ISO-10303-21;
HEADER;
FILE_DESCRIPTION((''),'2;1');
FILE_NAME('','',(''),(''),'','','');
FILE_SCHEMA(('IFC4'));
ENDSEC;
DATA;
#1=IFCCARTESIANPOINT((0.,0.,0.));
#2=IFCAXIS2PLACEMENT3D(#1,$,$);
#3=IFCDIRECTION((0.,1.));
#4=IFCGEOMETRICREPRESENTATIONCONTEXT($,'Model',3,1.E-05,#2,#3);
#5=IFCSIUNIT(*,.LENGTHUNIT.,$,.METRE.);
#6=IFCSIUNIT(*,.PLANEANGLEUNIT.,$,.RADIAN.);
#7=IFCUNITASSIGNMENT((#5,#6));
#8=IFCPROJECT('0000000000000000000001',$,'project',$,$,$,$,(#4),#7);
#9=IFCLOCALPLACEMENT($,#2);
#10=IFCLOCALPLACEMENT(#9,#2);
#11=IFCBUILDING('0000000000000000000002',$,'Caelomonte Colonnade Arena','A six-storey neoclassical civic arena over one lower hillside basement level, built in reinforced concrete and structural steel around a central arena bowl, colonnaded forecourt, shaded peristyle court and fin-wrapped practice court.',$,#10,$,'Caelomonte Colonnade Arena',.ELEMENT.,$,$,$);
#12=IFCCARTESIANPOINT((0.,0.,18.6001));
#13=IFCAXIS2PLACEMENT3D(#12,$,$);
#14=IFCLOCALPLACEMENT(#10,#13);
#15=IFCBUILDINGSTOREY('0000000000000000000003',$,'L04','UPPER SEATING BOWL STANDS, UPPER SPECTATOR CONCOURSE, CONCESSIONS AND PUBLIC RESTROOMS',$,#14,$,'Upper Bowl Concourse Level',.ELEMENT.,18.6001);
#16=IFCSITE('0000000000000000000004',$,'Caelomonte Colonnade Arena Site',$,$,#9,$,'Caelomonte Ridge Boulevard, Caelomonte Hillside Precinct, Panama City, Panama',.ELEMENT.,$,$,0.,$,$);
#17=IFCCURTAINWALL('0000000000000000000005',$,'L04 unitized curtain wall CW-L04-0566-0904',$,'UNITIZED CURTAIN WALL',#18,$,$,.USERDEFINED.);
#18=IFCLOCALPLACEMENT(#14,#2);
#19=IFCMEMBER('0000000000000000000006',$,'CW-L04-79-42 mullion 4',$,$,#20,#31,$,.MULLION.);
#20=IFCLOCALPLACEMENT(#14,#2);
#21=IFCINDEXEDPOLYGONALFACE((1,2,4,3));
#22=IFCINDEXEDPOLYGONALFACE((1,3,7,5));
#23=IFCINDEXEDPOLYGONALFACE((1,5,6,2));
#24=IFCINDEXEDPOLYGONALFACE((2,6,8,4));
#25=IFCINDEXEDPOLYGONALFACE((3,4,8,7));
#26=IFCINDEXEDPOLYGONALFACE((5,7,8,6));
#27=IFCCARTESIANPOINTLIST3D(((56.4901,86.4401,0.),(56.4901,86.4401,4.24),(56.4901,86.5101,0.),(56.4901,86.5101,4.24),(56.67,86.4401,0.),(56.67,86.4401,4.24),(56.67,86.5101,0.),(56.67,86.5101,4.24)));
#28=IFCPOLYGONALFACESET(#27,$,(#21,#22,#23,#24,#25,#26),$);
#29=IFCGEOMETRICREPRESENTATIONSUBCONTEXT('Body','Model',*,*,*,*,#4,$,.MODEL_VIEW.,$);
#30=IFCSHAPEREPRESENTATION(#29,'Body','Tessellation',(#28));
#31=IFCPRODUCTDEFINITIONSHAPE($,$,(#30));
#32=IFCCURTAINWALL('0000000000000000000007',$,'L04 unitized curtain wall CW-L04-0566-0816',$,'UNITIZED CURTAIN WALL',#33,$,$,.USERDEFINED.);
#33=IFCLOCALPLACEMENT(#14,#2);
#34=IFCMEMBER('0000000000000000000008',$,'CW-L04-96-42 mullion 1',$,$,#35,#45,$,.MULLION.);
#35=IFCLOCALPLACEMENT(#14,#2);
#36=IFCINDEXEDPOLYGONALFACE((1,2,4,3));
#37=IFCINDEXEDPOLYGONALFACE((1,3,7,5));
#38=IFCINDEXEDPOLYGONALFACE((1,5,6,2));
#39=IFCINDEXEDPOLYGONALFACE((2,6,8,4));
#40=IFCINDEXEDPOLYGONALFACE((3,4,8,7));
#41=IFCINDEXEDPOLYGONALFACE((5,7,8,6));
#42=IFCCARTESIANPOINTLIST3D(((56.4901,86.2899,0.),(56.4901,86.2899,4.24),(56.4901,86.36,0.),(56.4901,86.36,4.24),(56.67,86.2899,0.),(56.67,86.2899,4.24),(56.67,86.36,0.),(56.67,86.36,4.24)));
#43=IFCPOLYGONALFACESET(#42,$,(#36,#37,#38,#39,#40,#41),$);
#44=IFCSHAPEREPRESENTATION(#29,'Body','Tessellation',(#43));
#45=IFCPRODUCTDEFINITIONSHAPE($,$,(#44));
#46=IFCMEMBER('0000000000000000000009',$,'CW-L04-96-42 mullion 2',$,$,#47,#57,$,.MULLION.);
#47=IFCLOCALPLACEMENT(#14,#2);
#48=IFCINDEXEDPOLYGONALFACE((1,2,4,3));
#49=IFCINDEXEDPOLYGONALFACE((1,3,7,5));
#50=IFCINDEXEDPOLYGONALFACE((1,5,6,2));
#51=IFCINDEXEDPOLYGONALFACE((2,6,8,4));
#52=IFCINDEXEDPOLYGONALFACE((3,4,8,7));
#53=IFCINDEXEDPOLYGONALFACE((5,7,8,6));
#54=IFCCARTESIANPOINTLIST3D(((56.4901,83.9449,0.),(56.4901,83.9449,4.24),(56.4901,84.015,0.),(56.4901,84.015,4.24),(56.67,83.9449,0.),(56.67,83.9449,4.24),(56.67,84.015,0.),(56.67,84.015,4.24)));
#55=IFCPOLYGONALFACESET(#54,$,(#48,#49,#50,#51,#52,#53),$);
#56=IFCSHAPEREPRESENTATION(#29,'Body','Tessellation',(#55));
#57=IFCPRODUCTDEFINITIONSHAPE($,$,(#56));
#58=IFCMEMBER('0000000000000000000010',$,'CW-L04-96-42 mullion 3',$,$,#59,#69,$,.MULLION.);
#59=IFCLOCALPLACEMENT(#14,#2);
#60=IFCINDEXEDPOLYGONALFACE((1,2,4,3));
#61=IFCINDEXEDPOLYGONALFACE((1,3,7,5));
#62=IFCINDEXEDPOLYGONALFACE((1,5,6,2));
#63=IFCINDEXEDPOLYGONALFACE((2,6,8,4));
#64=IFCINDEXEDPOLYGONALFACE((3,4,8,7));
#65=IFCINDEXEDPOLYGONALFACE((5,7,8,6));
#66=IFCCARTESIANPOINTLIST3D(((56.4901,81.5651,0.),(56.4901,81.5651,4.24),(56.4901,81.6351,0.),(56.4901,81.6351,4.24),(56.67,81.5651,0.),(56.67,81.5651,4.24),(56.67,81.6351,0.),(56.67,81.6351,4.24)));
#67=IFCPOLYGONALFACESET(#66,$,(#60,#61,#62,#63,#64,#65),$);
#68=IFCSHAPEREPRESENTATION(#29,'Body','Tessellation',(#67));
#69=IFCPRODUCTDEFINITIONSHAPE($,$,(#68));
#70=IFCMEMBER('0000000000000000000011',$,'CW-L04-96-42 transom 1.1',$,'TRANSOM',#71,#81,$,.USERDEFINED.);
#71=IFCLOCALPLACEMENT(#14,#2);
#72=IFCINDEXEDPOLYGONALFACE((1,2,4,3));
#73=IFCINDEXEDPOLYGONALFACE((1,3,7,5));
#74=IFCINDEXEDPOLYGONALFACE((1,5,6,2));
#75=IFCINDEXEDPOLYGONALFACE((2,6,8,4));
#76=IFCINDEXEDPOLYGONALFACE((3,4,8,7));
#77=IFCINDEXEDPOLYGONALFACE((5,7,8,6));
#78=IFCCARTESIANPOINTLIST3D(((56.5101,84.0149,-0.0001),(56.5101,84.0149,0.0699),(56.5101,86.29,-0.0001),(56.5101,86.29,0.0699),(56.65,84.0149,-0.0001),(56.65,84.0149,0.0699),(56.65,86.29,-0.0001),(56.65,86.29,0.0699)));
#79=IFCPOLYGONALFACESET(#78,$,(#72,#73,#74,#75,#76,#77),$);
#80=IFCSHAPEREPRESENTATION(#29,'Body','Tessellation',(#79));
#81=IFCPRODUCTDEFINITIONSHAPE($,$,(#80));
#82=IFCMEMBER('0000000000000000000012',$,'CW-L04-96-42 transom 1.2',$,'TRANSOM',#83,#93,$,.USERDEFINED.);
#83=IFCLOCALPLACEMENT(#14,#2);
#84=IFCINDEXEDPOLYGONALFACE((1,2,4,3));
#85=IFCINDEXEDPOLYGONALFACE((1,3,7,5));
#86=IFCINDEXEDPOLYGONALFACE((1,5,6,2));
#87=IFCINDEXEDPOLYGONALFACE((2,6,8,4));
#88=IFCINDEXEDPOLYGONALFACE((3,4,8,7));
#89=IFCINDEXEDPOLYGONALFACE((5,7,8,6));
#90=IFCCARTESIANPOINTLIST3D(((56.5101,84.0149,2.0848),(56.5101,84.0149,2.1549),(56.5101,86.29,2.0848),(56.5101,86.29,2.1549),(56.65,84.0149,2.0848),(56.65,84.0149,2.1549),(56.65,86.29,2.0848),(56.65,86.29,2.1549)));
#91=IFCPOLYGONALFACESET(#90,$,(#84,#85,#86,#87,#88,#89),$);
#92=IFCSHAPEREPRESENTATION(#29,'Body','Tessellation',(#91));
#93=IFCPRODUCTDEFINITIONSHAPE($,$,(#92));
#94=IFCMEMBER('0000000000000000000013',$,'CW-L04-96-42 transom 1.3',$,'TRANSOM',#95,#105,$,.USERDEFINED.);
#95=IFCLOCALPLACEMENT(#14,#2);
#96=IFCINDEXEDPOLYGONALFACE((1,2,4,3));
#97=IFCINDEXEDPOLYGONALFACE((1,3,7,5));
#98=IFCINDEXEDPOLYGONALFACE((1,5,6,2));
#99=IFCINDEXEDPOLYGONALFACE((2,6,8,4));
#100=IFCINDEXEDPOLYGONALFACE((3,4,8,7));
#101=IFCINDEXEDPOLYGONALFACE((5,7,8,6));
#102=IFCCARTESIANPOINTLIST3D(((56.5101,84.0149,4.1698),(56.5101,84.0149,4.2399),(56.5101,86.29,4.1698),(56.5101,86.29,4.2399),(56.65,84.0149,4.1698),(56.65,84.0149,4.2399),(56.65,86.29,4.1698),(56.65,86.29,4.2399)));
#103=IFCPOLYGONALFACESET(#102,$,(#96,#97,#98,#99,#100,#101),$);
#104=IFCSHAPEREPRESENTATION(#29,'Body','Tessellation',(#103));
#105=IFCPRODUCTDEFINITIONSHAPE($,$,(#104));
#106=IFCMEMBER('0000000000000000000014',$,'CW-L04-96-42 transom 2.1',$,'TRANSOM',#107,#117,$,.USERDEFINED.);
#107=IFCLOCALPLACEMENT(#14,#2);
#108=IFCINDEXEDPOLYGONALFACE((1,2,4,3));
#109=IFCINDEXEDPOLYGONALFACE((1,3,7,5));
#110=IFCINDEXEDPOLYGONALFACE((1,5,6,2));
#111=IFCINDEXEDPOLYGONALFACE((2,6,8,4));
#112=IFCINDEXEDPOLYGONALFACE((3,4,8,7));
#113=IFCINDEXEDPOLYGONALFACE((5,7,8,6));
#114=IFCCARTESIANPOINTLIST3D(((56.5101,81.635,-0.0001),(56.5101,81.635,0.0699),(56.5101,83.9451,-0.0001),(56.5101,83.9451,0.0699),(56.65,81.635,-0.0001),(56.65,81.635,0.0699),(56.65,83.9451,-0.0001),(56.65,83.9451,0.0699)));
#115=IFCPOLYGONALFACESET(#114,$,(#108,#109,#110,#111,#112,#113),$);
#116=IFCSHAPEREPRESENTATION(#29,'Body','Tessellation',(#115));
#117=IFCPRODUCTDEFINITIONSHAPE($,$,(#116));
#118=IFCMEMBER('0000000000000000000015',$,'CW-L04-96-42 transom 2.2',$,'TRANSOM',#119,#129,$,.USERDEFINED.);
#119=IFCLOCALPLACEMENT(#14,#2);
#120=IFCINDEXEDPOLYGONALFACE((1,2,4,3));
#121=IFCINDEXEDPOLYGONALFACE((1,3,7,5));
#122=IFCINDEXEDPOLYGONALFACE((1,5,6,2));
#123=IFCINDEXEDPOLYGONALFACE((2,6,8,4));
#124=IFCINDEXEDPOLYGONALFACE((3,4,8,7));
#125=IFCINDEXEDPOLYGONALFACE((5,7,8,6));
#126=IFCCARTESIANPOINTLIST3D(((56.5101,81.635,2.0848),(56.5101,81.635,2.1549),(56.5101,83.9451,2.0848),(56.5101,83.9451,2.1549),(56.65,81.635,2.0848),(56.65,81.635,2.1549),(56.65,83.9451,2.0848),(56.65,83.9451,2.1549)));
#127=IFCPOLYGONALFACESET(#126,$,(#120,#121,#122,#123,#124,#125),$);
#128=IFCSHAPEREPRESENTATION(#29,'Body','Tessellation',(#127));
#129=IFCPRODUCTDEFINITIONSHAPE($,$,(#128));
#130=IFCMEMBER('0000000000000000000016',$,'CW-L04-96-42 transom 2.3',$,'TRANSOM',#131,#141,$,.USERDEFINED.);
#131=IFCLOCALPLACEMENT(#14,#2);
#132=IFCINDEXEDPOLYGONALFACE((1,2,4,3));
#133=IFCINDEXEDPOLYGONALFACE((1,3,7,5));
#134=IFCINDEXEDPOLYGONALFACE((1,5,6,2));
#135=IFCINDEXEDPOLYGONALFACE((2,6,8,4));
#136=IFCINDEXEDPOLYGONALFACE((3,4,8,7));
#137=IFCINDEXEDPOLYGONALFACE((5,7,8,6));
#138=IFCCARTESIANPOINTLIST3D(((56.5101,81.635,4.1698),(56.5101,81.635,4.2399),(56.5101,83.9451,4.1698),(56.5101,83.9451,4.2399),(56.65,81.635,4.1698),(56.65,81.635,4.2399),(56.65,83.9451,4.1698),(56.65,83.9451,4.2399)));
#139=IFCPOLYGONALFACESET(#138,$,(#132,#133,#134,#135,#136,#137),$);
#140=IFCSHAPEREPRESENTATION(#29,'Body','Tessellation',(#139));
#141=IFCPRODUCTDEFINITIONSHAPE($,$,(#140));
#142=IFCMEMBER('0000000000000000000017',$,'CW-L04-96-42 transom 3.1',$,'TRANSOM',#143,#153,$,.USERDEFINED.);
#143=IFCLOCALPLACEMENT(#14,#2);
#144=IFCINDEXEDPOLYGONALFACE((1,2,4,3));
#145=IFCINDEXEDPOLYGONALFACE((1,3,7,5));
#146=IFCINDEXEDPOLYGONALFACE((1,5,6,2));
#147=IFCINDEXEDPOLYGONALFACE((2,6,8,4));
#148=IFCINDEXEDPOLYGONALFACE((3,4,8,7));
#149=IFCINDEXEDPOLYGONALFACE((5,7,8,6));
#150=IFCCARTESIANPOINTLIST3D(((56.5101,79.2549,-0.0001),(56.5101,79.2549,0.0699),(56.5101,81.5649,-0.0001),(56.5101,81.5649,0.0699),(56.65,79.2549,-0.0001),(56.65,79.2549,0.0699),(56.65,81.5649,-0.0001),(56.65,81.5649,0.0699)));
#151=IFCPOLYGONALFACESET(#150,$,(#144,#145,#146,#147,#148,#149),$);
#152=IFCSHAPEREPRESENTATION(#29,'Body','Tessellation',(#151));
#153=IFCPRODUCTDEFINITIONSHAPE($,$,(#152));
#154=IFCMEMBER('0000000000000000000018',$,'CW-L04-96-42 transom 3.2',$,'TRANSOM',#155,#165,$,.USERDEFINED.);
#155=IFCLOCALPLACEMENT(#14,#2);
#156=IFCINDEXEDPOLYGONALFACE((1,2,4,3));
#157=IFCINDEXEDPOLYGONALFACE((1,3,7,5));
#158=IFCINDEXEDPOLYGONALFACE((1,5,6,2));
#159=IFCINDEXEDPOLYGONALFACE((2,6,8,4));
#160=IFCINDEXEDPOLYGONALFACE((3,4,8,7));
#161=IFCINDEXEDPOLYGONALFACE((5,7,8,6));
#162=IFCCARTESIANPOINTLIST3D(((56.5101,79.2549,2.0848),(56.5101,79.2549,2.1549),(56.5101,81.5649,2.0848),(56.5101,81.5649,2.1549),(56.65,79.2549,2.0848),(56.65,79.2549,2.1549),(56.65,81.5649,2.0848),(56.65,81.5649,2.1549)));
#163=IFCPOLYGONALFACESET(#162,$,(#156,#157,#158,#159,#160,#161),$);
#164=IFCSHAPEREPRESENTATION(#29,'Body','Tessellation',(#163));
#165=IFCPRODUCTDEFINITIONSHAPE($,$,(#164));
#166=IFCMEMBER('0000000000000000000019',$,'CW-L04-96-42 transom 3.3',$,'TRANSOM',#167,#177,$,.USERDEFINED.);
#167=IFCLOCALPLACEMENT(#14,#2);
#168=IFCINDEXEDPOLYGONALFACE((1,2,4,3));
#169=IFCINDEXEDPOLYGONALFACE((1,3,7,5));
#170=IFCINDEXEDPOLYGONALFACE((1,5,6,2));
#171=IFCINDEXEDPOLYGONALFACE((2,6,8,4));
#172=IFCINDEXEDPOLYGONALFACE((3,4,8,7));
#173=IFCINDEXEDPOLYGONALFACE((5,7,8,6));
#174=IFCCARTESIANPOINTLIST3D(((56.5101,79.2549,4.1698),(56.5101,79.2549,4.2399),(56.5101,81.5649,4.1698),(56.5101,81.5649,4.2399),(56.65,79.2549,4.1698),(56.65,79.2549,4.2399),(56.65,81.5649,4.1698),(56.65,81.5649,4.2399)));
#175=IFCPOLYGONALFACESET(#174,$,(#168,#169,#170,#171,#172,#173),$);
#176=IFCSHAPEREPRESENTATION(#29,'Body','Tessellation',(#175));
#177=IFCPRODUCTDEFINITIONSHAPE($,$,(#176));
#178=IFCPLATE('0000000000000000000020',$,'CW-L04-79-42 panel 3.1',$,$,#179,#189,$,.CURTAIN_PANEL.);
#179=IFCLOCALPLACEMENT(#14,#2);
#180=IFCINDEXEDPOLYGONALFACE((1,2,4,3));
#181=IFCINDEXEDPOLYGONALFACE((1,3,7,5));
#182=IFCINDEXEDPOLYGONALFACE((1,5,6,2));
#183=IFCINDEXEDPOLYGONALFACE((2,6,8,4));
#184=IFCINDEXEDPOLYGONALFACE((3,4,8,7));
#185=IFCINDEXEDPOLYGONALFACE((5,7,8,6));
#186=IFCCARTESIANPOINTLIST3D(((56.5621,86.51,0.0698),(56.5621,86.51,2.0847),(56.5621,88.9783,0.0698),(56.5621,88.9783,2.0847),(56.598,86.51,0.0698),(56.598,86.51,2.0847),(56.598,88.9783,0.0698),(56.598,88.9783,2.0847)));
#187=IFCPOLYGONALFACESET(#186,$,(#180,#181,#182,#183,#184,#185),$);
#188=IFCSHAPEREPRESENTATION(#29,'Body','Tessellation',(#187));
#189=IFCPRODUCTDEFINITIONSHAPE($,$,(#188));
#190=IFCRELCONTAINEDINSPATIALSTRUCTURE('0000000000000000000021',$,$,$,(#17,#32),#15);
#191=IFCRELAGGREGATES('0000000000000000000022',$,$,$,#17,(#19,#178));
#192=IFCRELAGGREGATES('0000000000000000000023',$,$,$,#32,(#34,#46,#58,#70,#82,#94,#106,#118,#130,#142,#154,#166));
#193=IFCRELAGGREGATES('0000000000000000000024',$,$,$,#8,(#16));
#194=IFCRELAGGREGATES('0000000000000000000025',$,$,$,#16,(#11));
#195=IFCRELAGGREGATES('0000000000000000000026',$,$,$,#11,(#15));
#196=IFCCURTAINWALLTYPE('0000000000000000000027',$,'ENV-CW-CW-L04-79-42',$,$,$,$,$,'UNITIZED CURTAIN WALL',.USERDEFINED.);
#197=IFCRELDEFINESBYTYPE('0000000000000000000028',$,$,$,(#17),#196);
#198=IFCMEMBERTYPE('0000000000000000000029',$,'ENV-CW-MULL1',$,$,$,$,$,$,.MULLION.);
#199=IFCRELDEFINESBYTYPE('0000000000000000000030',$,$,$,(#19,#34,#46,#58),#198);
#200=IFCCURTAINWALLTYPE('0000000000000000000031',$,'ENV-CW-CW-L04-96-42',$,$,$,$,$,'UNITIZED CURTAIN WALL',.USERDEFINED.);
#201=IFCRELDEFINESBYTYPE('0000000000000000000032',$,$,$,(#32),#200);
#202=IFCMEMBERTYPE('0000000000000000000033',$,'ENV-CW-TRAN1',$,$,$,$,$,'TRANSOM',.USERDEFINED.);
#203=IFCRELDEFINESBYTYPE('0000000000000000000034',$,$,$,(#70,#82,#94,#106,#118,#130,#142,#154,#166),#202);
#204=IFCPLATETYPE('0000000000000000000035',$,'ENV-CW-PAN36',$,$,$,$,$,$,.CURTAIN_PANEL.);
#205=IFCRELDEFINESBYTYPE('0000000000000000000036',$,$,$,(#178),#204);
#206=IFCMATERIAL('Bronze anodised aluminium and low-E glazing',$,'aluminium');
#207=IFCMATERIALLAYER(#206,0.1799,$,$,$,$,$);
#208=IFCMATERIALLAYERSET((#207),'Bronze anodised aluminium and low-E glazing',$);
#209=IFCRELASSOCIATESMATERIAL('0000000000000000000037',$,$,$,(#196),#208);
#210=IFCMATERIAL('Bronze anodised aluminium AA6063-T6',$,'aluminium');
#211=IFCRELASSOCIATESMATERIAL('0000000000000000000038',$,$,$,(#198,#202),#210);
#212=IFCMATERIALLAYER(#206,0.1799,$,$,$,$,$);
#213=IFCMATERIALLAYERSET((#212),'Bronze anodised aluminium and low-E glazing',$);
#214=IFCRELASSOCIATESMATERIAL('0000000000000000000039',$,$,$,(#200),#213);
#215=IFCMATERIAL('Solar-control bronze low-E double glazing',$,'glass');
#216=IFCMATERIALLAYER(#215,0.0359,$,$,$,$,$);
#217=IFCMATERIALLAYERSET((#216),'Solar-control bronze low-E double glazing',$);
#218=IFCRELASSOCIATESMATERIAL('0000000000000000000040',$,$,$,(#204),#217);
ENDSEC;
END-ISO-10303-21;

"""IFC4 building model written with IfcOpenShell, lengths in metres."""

from ifc_helpers import new_model, si_unit, direction, frame, origin, origin_2d, place, context, subcontext, project, spatial, rectangle, extrude, material, layer, layer_set, material_profile, profile_set, type_object, element, aggregate, save


model = new_model("IFC4")

# Units and contexts
model_context = context("Model", 3, precision=1e-05, world=origin(), true_north=direction((0.0, 1.0)))
body_context = subcontext(model_context, "Body", "Model", "MODEL_VIEW")
ifc_project = project(units=[si_unit("LENGTHUNIT", "METRE"), si_unit("PLANEANGLEUNIT", "RADIAN")], contexts=[model_context])

# Site, building, storey
site_placement = place(None, origin())
site = spatial("IfcSite", under=ifc_project, at=site_placement, Name="Caelomonte Colonnade Arena Site", LongName="Caelomonte Ridge Boulevard, Caelomonte Hillside Precinct, Panama City, Panama", CompositionType="ELEMENT", RefElevation=0.0)
building_placement = place(site_placement, origin())
building = spatial("IfcBuilding", under=site, at=building_placement, Name="Caelomonte Colonnade Arena", Description="A six-storey neoclassical civic arena over one lower hillside basement level, built in reinforced concrete and structural steel around a central arena bowl, colonnaded forecourt, shaded peristyle court and fin-wrapped practice court.", LongName="Caelomonte Colonnade Arena", CompositionType="ELEMENT")
storey_placement = place(building_placement, frame((0.0, 0.0, 18.6001)))
storey = spatial("IfcBuildingStorey", under=building, at=storey_placement, Name="L04", Description="UPPER SEATING BOWL STANDS, UPPER SPECTATOR CONCOURSE, CONCESSIONS AND PUBLIC RESTROOMS", LongName="Upper Bowl Concourse Level", CompositionType="ELEMENT", Elevation=18.6001)

# Curtain wall, member
ifc_material_1 = material(Name="Bronze anodised aluminium and low-E glazing", Category="aluminium")
ifc_layer_1 = layer(ifc_material_1, 0.1799)
ifc_layer_set_1 = layer_set([ifc_layer_1], Name="Bronze anodised aluminium and low-E glazing")
curtain_wall_type_1 = type_object("IfcCurtainWallType", Name="ENV-CW-CW-L04-79-42", ElementType="UNITIZED CURTAIN WALL", PredefinedType="USERDEFINED", material=ifc_layer_set_1)
curtain_wall_1_placement = place(storey_placement, origin())
curtain_wall_1 = element("IfcCurtainWall", 1, at=curtain_wall_1_placement, inside=storey, type_object=curtain_wall_type_1, Name="L04 unitized curtain wall CW-L04-0566-0904", ObjectType="UNITIZED CURTAIN WALL", PredefinedType="USERDEFINED")
ifc_material_2 = material(Name="Bronze anodised aluminium AA6063-T6", Category="aluminium")
ifc_material_profile_1 = material_profile(ifc_material_2, rectangle(XDim=0.0701, YDim=0.1799, at=origin_2d()), Name="CWM-70X180")
ifc_profile_set_1 = profile_set([ifc_material_profile_1], Name="Bronze anodised aluminium AA6063-T6")
member_type_1 = type_object("IfcMemberType", Name="ENV-CW-MULL1", PredefinedType="MULLION", material=ifc_profile_set_1)
member_1_placement = place(storey_placement, frame((56.5801, 86.4751, 0.0), z_axis=(0.0, 0.0, 1.0), x_axis=(0.0, -1.0, 0.0)))
member_1 = element("IfcMember", 2, at=member_1_placement, type_object=member_type_1, Name="CW-L04-79-42 mullion 4", PredefinedType="MULLION", context=body_context, shape_type="SweptSolid", body=[
    extrude(rectangle(XDim=0.0701, YDim=0.1799, at=origin_2d()), origin(), (0.0, 0.0, 1.0), 4.24),
])

# Curtain wall, members
ifc_layer_2 = layer(ifc_material_1, 0.1799)
ifc_layer_set_2 = layer_set([ifc_layer_2], Name="Bronze anodised aluminium and low-E glazing")
curtain_wall_type_2 = type_object("IfcCurtainWallType", Name="ENV-CW-CW-L04-96-42", ElementType="UNITIZED CURTAIN WALL", PredefinedType="USERDEFINED", material=ifc_layer_set_2)
curtain_wall_2_placement = place(storey_placement, origin())
curtain_wall_2 = element("IfcCurtainWall", 3, at=curtain_wall_2_placement, inside=storey, type_object=curtain_wall_type_2, Name="L04 unitized curtain wall CW-L04-0566-0816", ObjectType="UNITIZED CURTAIN WALL", PredefinedType="USERDEFINED")
member_2_placement = place(storey_placement, frame((56.5801, 86.325, 0.0), z_axis=(0.0, 0.0, 1.0), x_axis=(0.0, -1.0, 0.0)))
member_2 = element("IfcMember", 4, at=member_2_placement, type_object=member_type_1, Name="CW-L04-96-42 mullion 1", PredefinedType="MULLION", context=body_context, shape_type="SweptSolid", body=[
    extrude(rectangle(XDim=0.0701, YDim=0.1799, at=origin_2d()), origin(), (0.0, 0.0, 1.0), 4.24),
])
member_3_placement = place(storey_placement, frame((56.5801, 83.98, 0.0), z_axis=(0.0, 0.0, 1.0), x_axis=(0.0, -1.0, 0.0)))
member_3 = element("IfcMember", 5, at=member_3_placement, type_object=member_type_1, Name="CW-L04-96-42 mullion 2", PredefinedType="MULLION", context=body_context, shape_type="SweptSolid", body=[
    extrude(rectangle(XDim=0.0701, YDim=0.1799, at=origin_2d()), origin(), (0.0, 0.0, 1.0), 4.24),
])
member_4_placement = place(storey_placement, frame((56.5801, 81.6001, 0.0), z_axis=(0.0, 0.0, 1.0), x_axis=(0.0, -1.0, 0.0)))
member_4 = element("IfcMember", 6, at=member_4_placement, type_object=member_type_1, Name="CW-L04-96-42 mullion 3", PredefinedType="MULLION", context=body_context, shape_type="SweptSolid", body=[
    extrude(rectangle(XDim=0.0701, YDim=0.1799, at=origin_2d()), origin(), (0.0, 0.0, 1.0), 4.24),
])
ifc_material_profile_2 = material_profile(ifc_material_2, rectangle(XDim=0.0701, YDim=0.1399, at=origin_2d()), Name="CWT-70X140")
ifc_profile_set_2 = profile_set([ifc_material_profile_2], Name="Bronze anodised aluminium AA6063-T6")
member_type_2 = type_object("IfcMemberType", Name="ENV-CW-TRAN1", ElementType="TRANSOM", PredefinedType="USERDEFINED", material=ifc_profile_set_2)
member_5_placement = place(storey_placement, frame((56.5801, 86.29, 0.0349), z_axis=(0.0, -1.0, 0.0), x_axis=(0.0, 0.0, 1.0)))
member_5 = element("IfcMember", 7, at=member_5_placement, type_object=member_type_2, Name="CW-L04-96-42 transom 1.1", ObjectType="TRANSOM", PredefinedType="USERDEFINED", context=body_context, shape_type="SweptSolid", body=[
    extrude(rectangle(XDim=0.0701, YDim=0.1399, at=origin_2d()), origin(), (0.0, 0.0, 1.0), 2.2751),
])
member_6_placement = place(storey_placement, frame((56.5801, 86.29, 2.1199), z_axis=(0.0, -1.0, 0.0), x_axis=(0.0, 0.0, 1.0)))
member_6 = element("IfcMember", 8, at=member_6_placement, type_object=member_type_2, Name="CW-L04-96-42 transom 1.2", ObjectType="TRANSOM", PredefinedType="USERDEFINED", context=body_context, shape_type="SweptSolid", body=[
    extrude(rectangle(XDim=0.0701, YDim=0.1399, at=origin_2d()), origin(), (0.0, 0.0, 1.0), 2.2751),
])
member_7_placement = place(storey_placement, frame((56.5801, 86.29, 4.2048), z_axis=(0.0, -1.0, 0.0), x_axis=(0.0, 0.0, 1.0)))
member_7 = element("IfcMember", 9, at=member_7_placement, type_object=member_type_2, Name="CW-L04-96-42 transom 1.3", ObjectType="TRANSOM", PredefinedType="USERDEFINED", context=body_context, shape_type="SweptSolid", body=[
    extrude(rectangle(XDim=0.0701, YDim=0.1399, at=origin_2d()), origin(), (0.0, 0.0, 1.0), 2.2751),
])
member_8_placement = place(storey_placement, frame((56.5801, 83.9451, 0.0349), z_axis=(0.0, -1.0, 0.0), x_axis=(0.0, 0.0, 1.0)))
member_8 = element("IfcMember", 10, at=member_8_placement, type_object=member_type_2, Name="CW-L04-96-42 transom 2.1", ObjectType="TRANSOM", PredefinedType="USERDEFINED", context=body_context, shape_type="SweptSolid", body=[
    extrude(rectangle(XDim=0.0701, YDim=0.1399, at=origin_2d()), origin(), (0.0, 0.0, 1.0), 2.3101),
])
member_9_placement = place(storey_placement, frame((56.5801, 83.9451, 2.1199), z_axis=(0.0, -1.0, 0.0), x_axis=(0.0, 0.0, 1.0)))
member_9 = element("IfcMember", 11, at=member_9_placement, type_object=member_type_2, Name="CW-L04-96-42 transom 2.2", ObjectType="TRANSOM", PredefinedType="USERDEFINED", context=body_context, shape_type="SweptSolid", body=[
    extrude(rectangle(XDim=0.0701, YDim=0.1399, at=origin_2d()), origin(), (0.0, 0.0, 1.0), 2.3101),
])
member_10_placement = place(storey_placement, frame((56.5801, 83.9451, 4.2048), z_axis=(0.0, -1.0, 0.0), x_axis=(0.0, 0.0, 1.0)))
member_10 = element("IfcMember", 12, at=member_10_placement, type_object=member_type_2, Name="CW-L04-96-42 transom 2.3", ObjectType="TRANSOM", PredefinedType="USERDEFINED", context=body_context, shape_type="SweptSolid", body=[
    extrude(rectangle(XDim=0.0701, YDim=0.1399, at=origin_2d()), origin(), (0.0, 0.0, 1.0), 2.3101),
])
member_11_placement = place(storey_placement, frame((56.5801, 81.5649, 0.0349), z_axis=(0.0, -1.0, 0.0), x_axis=(0.0, 0.0, 1.0)))
member_11 = element("IfcMember", 13, at=member_11_placement, type_object=member_type_2, Name="CW-L04-96-42 transom 3.1", ObjectType="TRANSOM", PredefinedType="USERDEFINED", context=body_context, shape_type="SweptSolid", body=[
    extrude(rectangle(XDim=0.0701, YDim=0.1399, at=origin_2d()), origin(), (0.0, 0.0, 1.0), 2.3101),
])
member_12_placement = place(storey_placement, frame((56.5801, 81.5649, 2.1199), z_axis=(0.0, -1.0, 0.0), x_axis=(0.0, 0.0, 1.0)))
member_12 = element("IfcMember", 14, at=member_12_placement, type_object=member_type_2, Name="CW-L04-96-42 transom 3.2", ObjectType="TRANSOM", PredefinedType="USERDEFINED", context=body_context, shape_type="SweptSolid", body=[
    extrude(rectangle(XDim=0.0701, YDim=0.1399, at=origin_2d()), origin(), (0.0, 0.0, 1.0), 2.3101),
])
member_13_placement = place(storey_placement, frame((56.5801, 81.5649, 4.2048), z_axis=(0.0, -1.0, 0.0), x_axis=(0.0, 0.0, 1.0)))
member_13 = element("IfcMember", 15, at=member_13_placement, type_object=member_type_2, Name="CW-L04-96-42 transom 3.3", ObjectType="TRANSOM", PredefinedType="USERDEFINED", context=body_context, shape_type="SweptSolid", body=[
    extrude(rectangle(XDim=0.0701, YDim=0.1399, at=origin_2d()), origin(), (0.0, 0.0, 1.0), 2.3101),
])

# Plate
ifc_material_3 = material(Name="Solar-control bronze low-E double glazing", Category="glass")
ifc_layer_3 = layer(ifc_material_3, 0.0359)
ifc_layer_set_3 = layer_set([ifc_layer_3], Name="Solar-control bronze low-E double glazing")
plate_type = type_object("IfcPlateType", Name="ENV-CW-PAN36", PredefinedType="CURTAIN_PANEL", material=ifc_layer_set_3)
plate_1_placement = place(storey_placement, frame((56.5801, 87.7441, 0.0698), z_axis=(0.0, 0.0, 1.0), x_axis=(0.0, -1.0, 0.0)))
plate_1 = element("IfcPlate", 16, at=plate_1_placement, type_object=plate_type, Name="CW-L04-79-42 panel 3.1", PredefinedType="CURTAIN_PANEL", context=body_context, shape_type="SweptSolid", body=[
    extrude(rectangle(XDim=2.4683, YDim=0.0359, at=origin_2d()), origin(), (0.0, 0.0, 1.0), 2.0149),
])
aggregate(curtain_wall_1, [member_1, plate_1])
aggregate(curtain_wall_2, [member_2, member_3, member_4, member_5, member_6, member_7, member_8, member_9, member_10, member_11, member_12, member_13])

save(model, "model.ifc")
